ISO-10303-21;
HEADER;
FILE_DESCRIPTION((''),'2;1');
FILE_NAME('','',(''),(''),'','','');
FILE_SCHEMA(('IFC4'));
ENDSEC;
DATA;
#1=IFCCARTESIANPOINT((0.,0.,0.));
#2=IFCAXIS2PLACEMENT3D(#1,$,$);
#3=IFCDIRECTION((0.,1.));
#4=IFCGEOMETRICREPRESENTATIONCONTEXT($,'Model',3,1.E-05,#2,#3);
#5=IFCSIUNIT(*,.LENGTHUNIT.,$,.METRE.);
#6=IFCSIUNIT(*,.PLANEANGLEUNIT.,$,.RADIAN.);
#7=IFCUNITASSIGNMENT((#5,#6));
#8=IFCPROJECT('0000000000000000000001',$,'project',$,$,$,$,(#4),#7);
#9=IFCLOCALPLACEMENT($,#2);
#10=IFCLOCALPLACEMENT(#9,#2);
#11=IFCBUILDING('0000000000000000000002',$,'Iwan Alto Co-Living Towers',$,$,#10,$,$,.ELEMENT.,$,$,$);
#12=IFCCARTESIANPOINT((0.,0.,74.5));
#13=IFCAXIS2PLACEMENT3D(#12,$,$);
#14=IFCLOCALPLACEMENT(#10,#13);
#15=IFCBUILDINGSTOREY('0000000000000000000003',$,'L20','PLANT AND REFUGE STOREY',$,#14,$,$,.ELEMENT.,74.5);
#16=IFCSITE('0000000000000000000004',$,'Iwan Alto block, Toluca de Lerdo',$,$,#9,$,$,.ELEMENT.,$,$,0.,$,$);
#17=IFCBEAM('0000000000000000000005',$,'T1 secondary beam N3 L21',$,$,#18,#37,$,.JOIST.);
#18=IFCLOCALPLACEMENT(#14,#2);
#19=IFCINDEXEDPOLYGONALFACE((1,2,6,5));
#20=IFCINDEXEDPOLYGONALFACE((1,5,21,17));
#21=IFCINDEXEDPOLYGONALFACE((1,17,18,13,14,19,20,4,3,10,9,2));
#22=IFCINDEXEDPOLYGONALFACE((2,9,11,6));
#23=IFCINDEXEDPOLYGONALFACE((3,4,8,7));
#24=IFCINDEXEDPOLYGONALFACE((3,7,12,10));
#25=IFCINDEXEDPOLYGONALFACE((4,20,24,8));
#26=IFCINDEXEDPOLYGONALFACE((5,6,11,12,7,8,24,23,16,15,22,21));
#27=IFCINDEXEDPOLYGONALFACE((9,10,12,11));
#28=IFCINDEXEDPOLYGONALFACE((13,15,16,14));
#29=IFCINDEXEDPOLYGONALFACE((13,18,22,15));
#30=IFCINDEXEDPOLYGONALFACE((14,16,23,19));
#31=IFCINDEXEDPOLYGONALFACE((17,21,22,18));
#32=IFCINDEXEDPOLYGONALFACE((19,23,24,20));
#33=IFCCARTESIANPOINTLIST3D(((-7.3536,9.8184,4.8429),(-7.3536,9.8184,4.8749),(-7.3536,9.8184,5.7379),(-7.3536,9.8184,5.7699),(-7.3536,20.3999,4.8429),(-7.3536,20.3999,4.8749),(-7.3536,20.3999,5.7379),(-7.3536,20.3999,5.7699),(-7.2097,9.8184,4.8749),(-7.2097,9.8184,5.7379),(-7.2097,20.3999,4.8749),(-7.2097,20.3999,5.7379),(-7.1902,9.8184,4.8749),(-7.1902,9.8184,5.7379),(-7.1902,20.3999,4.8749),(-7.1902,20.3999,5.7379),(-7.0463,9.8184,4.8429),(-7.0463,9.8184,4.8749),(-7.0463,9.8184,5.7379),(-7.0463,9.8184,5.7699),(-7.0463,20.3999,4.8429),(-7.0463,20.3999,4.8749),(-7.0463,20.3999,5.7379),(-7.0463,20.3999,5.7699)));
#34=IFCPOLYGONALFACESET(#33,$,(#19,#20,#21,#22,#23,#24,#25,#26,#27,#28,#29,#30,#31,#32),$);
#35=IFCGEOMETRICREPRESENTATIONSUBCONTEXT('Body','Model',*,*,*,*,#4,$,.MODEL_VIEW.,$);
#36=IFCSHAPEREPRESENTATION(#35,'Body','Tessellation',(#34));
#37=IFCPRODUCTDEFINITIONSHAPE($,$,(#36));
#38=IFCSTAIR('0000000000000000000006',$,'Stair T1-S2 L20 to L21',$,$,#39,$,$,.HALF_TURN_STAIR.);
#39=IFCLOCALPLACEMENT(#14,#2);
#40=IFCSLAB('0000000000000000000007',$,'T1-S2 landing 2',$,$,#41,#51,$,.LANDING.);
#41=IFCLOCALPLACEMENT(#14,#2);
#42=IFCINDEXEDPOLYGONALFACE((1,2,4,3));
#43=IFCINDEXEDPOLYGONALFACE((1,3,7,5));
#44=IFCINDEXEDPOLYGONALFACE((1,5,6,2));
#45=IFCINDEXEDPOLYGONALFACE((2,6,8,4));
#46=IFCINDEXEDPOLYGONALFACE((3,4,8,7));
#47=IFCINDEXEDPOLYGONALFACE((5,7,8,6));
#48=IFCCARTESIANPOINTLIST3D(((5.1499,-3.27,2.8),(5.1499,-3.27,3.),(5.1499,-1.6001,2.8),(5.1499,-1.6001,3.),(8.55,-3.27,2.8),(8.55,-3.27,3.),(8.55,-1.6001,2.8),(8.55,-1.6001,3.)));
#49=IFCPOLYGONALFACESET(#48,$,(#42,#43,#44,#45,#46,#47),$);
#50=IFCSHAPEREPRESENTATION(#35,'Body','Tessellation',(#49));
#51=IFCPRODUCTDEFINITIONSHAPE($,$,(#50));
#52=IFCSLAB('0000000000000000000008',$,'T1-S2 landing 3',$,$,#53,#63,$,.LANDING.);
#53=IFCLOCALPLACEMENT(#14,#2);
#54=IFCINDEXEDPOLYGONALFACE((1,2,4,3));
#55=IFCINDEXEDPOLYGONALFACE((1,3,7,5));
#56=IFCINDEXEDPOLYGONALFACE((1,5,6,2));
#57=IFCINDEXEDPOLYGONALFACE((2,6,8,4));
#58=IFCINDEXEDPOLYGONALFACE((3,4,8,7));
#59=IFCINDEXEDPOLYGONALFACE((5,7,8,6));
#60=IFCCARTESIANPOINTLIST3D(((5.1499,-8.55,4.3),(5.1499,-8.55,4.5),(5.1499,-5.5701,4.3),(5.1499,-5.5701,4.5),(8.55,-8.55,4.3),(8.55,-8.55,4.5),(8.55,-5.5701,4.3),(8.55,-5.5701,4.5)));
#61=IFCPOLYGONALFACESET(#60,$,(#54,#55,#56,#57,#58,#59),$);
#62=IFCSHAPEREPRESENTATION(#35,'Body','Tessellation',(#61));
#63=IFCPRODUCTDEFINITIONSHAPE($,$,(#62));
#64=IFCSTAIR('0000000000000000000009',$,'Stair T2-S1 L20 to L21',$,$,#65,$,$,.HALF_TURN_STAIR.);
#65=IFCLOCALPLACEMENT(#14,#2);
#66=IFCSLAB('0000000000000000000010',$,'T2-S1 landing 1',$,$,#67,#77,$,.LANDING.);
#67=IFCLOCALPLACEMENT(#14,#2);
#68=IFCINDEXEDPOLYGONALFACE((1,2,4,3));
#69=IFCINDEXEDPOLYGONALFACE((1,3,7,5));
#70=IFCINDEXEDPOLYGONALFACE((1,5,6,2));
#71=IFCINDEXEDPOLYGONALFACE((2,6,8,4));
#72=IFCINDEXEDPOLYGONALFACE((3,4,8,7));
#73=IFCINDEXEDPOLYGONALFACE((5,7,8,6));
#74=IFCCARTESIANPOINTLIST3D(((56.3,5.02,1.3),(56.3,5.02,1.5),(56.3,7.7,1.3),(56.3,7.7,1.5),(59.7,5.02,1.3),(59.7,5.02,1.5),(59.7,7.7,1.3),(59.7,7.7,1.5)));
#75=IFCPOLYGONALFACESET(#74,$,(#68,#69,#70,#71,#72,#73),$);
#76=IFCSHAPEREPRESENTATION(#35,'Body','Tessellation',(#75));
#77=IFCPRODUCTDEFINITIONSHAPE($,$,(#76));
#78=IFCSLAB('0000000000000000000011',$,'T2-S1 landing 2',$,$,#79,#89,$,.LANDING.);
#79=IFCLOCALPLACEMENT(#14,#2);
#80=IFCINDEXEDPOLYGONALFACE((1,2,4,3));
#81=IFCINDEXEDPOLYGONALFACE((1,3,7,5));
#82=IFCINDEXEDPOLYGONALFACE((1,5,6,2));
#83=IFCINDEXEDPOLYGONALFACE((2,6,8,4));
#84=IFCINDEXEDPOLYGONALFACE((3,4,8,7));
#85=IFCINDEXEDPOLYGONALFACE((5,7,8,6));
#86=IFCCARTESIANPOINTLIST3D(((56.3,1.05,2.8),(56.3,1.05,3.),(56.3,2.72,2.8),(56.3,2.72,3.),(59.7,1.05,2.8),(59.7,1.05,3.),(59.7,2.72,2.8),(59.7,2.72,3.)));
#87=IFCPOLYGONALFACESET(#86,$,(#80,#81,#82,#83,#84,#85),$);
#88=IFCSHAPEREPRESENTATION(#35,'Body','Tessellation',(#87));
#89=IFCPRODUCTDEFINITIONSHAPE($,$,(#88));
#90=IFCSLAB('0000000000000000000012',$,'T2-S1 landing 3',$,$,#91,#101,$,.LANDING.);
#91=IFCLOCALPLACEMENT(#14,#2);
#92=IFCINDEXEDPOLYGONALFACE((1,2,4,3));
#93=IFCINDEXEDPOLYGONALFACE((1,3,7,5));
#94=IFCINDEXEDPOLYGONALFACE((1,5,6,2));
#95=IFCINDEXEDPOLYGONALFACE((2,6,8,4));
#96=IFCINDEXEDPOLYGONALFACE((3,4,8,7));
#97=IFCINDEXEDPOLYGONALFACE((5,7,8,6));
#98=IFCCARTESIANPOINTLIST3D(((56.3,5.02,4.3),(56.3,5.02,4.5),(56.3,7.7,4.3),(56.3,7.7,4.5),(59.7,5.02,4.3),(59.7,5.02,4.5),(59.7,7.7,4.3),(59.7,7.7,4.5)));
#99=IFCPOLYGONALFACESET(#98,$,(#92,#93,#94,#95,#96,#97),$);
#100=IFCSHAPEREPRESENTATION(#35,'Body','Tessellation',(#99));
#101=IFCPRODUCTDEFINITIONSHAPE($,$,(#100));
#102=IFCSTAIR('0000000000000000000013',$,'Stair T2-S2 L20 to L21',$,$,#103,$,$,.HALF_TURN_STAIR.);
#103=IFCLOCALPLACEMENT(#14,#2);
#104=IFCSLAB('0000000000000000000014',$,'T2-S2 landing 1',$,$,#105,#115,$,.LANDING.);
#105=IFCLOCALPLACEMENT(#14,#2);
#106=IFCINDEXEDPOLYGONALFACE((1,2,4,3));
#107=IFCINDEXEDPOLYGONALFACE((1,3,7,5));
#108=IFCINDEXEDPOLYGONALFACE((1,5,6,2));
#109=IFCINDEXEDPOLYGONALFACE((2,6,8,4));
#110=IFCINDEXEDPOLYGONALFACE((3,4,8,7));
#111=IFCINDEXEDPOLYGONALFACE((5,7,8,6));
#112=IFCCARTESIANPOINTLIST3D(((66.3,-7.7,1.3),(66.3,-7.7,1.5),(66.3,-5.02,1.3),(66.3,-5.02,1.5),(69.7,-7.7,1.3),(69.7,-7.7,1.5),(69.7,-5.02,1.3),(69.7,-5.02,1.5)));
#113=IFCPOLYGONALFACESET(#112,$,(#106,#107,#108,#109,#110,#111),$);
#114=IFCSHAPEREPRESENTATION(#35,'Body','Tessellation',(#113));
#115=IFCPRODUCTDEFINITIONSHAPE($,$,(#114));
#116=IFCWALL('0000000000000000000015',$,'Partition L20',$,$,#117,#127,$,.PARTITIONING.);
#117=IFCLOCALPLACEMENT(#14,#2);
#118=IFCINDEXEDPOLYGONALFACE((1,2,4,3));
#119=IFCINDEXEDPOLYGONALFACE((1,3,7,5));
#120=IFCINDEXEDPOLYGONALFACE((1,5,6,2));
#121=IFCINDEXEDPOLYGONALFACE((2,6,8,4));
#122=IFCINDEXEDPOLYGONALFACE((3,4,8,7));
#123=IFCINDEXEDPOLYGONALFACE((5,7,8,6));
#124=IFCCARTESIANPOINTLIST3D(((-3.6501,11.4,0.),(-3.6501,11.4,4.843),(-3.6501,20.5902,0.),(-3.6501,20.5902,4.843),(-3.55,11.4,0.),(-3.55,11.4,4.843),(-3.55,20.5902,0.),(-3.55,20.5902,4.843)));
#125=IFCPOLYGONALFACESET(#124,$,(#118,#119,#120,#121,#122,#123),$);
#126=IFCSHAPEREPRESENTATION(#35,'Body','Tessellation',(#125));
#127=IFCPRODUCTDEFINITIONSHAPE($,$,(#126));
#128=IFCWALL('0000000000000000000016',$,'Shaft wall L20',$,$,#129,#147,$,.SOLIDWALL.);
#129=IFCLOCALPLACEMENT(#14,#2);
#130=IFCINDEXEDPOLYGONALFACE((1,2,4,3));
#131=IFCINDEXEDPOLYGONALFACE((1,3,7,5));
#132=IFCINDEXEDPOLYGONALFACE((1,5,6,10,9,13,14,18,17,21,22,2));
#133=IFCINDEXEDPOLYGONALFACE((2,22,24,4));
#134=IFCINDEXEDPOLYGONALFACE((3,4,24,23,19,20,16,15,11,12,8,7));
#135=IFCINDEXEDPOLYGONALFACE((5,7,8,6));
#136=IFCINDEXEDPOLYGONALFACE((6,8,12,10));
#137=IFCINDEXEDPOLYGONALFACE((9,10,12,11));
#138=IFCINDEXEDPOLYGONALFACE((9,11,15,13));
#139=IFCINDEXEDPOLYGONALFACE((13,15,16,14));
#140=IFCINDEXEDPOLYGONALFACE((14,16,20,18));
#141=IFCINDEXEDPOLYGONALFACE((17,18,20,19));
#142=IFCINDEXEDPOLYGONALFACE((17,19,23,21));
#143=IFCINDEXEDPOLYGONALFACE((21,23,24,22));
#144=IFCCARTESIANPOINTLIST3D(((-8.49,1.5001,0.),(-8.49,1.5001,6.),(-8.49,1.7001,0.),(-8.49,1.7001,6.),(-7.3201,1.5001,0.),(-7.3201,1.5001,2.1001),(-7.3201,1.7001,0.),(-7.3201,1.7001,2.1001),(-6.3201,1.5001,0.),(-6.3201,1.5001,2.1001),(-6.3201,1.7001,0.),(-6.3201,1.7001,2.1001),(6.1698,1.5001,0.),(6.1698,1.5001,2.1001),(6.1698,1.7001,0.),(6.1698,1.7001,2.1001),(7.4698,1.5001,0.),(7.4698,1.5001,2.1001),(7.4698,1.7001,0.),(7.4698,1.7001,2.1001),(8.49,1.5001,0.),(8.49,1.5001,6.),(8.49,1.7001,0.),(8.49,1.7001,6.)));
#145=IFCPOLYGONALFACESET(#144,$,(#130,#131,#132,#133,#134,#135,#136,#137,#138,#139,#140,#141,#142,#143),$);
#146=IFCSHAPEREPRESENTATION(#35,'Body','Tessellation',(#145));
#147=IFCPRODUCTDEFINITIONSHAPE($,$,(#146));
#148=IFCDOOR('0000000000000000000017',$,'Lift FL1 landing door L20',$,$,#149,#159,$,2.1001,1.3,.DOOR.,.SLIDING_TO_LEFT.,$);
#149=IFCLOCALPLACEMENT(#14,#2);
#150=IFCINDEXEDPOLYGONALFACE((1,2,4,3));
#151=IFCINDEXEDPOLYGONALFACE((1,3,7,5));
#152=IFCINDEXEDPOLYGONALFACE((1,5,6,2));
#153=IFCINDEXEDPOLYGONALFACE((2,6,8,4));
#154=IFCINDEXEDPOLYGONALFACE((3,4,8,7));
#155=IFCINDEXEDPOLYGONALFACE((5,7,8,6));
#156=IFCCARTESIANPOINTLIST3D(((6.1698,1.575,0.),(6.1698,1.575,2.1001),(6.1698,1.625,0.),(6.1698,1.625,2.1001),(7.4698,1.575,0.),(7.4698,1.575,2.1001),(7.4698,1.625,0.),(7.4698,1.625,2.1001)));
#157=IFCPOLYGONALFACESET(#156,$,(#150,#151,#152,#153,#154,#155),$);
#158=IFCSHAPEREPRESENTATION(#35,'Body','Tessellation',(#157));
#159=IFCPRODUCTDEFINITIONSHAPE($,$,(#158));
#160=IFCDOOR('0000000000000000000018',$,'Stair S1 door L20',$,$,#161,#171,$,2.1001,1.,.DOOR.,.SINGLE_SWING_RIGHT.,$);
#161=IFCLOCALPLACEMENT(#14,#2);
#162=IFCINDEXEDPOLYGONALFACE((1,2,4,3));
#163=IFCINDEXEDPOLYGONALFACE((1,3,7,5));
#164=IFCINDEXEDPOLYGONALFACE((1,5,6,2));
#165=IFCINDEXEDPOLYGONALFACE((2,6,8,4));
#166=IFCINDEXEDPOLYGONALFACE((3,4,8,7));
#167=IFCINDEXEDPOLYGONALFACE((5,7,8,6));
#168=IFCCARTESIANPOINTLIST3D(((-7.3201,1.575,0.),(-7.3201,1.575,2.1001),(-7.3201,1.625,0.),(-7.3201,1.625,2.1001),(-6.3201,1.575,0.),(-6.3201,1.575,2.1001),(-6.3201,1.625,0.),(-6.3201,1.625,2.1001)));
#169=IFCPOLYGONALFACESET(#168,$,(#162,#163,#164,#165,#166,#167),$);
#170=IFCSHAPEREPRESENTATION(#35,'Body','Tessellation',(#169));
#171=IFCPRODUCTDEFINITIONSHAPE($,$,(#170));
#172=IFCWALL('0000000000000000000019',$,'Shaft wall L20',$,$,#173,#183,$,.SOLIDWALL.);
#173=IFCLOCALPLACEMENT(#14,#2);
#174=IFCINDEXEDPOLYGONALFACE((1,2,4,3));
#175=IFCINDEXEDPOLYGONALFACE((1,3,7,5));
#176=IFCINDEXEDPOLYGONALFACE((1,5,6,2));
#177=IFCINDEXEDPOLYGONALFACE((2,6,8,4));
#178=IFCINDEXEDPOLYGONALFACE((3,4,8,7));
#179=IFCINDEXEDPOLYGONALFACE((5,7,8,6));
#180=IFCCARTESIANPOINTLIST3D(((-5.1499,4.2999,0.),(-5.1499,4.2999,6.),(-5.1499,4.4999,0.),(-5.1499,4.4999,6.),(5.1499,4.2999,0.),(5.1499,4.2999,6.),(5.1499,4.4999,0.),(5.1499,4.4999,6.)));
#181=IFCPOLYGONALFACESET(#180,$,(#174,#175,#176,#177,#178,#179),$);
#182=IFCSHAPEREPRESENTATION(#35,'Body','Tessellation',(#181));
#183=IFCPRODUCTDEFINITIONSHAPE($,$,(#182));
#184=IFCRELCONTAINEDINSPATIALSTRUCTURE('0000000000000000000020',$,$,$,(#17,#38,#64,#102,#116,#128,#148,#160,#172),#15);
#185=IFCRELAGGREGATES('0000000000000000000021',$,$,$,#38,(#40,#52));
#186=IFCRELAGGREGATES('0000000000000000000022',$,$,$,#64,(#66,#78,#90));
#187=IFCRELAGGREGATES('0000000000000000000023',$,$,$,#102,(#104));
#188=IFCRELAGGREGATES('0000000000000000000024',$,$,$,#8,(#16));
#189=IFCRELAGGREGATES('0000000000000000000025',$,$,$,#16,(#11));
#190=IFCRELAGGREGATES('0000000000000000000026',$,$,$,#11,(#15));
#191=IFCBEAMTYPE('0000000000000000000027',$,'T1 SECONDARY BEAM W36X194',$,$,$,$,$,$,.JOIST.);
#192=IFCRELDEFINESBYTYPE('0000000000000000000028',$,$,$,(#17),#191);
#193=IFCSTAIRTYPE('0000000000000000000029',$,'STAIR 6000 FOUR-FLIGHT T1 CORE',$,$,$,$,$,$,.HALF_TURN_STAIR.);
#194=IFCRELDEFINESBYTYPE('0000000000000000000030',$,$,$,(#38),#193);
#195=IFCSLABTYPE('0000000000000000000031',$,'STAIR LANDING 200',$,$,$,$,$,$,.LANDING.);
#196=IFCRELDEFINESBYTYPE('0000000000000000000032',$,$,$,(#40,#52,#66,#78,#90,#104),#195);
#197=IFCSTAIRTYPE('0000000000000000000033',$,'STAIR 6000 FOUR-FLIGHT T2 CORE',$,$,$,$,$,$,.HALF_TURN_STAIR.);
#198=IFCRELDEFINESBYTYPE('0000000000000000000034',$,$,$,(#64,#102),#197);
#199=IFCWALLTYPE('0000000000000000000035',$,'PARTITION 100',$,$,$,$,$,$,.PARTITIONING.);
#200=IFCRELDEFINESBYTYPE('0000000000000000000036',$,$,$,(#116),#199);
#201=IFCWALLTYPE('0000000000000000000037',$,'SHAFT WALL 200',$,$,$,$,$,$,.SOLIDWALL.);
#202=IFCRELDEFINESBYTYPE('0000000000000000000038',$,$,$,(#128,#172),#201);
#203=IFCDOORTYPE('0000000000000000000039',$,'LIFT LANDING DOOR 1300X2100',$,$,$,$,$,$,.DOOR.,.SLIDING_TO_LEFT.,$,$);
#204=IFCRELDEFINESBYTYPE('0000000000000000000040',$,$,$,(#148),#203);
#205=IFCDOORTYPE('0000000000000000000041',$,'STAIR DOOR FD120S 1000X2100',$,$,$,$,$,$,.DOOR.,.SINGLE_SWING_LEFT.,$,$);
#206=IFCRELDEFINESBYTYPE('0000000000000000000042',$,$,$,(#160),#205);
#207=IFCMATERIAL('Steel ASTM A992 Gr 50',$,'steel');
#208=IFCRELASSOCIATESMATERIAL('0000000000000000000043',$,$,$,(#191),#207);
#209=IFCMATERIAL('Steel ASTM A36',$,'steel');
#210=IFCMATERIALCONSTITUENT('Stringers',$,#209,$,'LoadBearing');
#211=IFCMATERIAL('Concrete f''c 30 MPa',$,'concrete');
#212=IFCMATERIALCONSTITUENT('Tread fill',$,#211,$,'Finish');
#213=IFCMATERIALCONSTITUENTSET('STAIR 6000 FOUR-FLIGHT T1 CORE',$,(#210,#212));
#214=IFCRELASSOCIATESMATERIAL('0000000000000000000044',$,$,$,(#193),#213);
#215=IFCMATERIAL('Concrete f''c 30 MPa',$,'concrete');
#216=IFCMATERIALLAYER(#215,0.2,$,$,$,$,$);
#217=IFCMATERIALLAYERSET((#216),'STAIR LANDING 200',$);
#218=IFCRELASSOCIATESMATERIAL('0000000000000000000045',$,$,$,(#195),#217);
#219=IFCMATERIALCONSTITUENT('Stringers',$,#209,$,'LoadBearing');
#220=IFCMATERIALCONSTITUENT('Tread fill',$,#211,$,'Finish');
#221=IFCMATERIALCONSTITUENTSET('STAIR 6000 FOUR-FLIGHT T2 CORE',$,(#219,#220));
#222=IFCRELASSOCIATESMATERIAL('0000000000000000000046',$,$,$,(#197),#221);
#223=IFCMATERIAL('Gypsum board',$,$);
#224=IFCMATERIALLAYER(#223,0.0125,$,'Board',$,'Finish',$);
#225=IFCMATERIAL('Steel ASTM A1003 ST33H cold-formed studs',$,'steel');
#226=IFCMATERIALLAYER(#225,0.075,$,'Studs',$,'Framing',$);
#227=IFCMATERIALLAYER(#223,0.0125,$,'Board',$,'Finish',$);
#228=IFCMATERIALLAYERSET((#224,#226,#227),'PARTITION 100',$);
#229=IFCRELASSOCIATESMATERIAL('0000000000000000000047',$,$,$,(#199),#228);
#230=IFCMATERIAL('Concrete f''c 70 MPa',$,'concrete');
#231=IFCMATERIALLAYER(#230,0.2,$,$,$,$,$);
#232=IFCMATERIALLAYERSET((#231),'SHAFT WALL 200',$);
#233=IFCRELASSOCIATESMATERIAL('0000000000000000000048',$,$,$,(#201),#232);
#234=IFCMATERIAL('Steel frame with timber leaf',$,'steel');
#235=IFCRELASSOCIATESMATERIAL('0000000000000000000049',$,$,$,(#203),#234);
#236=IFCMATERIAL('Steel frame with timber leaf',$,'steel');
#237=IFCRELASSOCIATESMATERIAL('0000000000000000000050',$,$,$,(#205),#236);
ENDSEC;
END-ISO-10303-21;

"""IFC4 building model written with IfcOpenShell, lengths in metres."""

from ifc_helpers import new_model, si_unit, direction, frame, frame_2d, origin, origin_2d, place, context, subcontext, project, spatial, polyline, rectangle, i_section, outline, extrude, material, layer, layer_set, constituent, constituent_set, material_profile, profile_set, type_object, element, fill, aggregate, save


model = new_model("IFC4")

# Units and contexts
model_context = context("Model", 3, precision=1e-05, world=origin(), true_north=direction((0.0, 1.0)))
body_context = subcontext(model_context, "Body", "Model", "MODEL_VIEW")
ifc_project = project(units=[si_unit("LENGTHUNIT", "METRE"), si_unit("PLANEANGLEUNIT", "RADIAN")], contexts=[model_context])

# Site, building, storey
site_placement = place(None, origin())
site = spatial("IfcSite", under=ifc_project, at=site_placement, Name="Iwan Alto block, Toluca de Lerdo", CompositionType="ELEMENT", RefElevation=0.0)
building_placement = place(site_placement, origin())
building = spatial("IfcBuilding", under=site, at=building_placement, Name="Iwan Alto Co-Living Towers", CompositionType="ELEMENT")
storey_placement = place(building_placement, frame((0.0, 0.0, 74.5)))
storey = spatial("IfcBuildingStorey", under=building, at=storey_placement, Name="L20", Description="PLANT AND REFUGE STOREY", CompositionType="ELEMENT", Elevation=74.5)

# Beam
ifc_material_1 = material(Name="Steel ASTM A992 Gr 50", Category="steel")
ifc_material_profile_1 = material_profile(ifc_material_1, i_section(OverallWidth=0.3074, OverallDepth=0.927, WebThickness=0.0195, FlangeThickness=0.032, at=origin_2d()), Name="W36X194")
ifc_profile_set_1 = profile_set([ifc_material_profile_1], Name="Steel ASTM A992 Gr 50")
beam_type_1 = type_object("IfcBeamType", Name="T1 SECONDARY BEAM W36X194", PredefinedType="JOIST", material=ifc_profile_set_1)
for number, where, z_axis, x_axis, name in (
    (1, (-7.2, 20.3999, 5.3064), (0.0, -1.0, 0.0), (1.0, 0.0, 0.0), "T1 secondary beam N3 L21"),
):
    element("IfcBeam", number, at=place(storey_placement, frame(where, z_axis=z_axis, x_axis=x_axis)), inside=storey, type_object=beam_type_1, Name=name, PredefinedType="JOIST", context=body_context, shape_type="SweptSolid", body=[
        extrude(i_section(OverallWidth=0.3074, OverallDepth=0.927, WebThickness=0.0195, FlangeThickness=0.032, at=origin_2d()), origin(), (0.0, 0.0, 1.0), 10.5815),
    ])

# Stairs, slabs
ifc_material_2 = material(Name="Steel ASTM A36", Category="steel")
ifc_constituent_1 = constituent(ifc_material_2, Name="Stringers", Category="LoadBearing")
ifc_material_3 = material(Name="Concrete f'c 30 MPa", Category="concrete")
ifc_constituent_2 = constituent(ifc_material_3, Name="Tread fill", Category="Finish")
ifc_constituent_set_1 = constituent_set(constituents=[ifc_constituent_1, ifc_constituent_2], Name="STAIR 6000 FOUR-FLIGHT T1 CORE")
stair_type_1 = type_object("IfcStairType", Name="STAIR 6000 FOUR-FLIGHT T1 CORE", PredefinedType="HALF_TURN_STAIR", material=ifc_constituent_set_1)
stair_1_placement = place(storey_placement, origin())
stair_1 = element("IfcStair", 2, at=stair_1_placement, inside=storey, type_object=stair_type_1, Name="Stair T1-S2 L20 to L21", PredefinedType="HALF_TURN_STAIR")
ifc_material_4 = material(Name="Concrete f'c 30 MPa", Category="concrete")
ifc_layer_1 = layer(ifc_material_4, 0.2)
ifc_layer_set_1 = layer_set([ifc_layer_1], Name="STAIR LANDING 200")
slab_type = type_object("IfcSlabType", Name="STAIR LANDING 200", PredefinedType="LANDING", material=ifc_layer_set_1)
slab_1_placement = place(storey_placement, frame((0.0, 0.0, 2.8)))
slab_1 = element("IfcSlab", 3, at=slab_1_placement, type_object=slab_type, Name="T1-S2 landing 2", PredefinedType="LANDING", context=body_context, shape_type="SweptSolid", body=[
    extrude(outline(polyline([(5.1499, -1.6001), (5.1499, -3.27), (8.55, -3.27), (8.55, -1.6001), (5.1499, -1.6001)])), origin(), (0.0, 0.0, 1.0), 0.2),
])
slab_2_placement = place(storey_placement, frame((0.0, 0.0, 4.3)))
slab_2 = element("IfcSlab", 4, at=slab_2_placement, type_object=slab_type, Name="T1-S2 landing 3", PredefinedType="LANDING", context=body_context, shape_type="SweptSolid", body=[
    extrude(outline(polyline([(5.1499, -5.5701), (5.1499, -8.55), (8.55, -8.55), (8.55, -5.5701), (5.1499, -5.5701)])), origin(), (0.0, 0.0, 1.0), 0.2),
])
aggregate(stair_1, [slab_1, slab_2])
ifc_constituent_3 = constituent(ifc_material_2, Name="Stringers", Category="LoadBearing")
ifc_constituent_4 = constituent(ifc_material_3, Name="Tread fill", Category="Finish")
ifc_constituent_set_2 = constituent_set(constituents=[ifc_constituent_3, ifc_constituent_4], Name="STAIR 6000 FOUR-FLIGHT T2 CORE")
stair_type_2 = type_object("IfcStairType", Name="STAIR 6000 FOUR-FLIGHT T2 CORE", PredefinedType="HALF_TURN_STAIR", material=ifc_constituent_set_2)
stair_2_placement = place(storey_placement, origin())
stair_2 = element("IfcStair", 5, at=stair_2_placement, inside=storey, type_object=stair_type_2, Name="Stair T2-S1 L20 to L21", PredefinedType="HALF_TURN_STAIR")
slab_3_placement = place(storey_placement, frame((0.0, 0.0, 1.3)))
slab_3 = element("IfcSlab", 6, at=slab_3_placement, type_object=slab_type, Name="T2-S1 landing 1", PredefinedType="LANDING", context=body_context, shape_type="SweptSolid", body=[
    extrude(outline(polyline([(56.3, 5.02), (56.3, 7.7), (59.7, 7.7), (59.7, 5.02), (56.3, 5.02)])), origin(), (0.0, 0.0, 1.0), 0.2),
])
slab_4_placement = place(storey_placement, frame((0.0, 0.0, 2.8)))
slab_4 = element("IfcSlab", 7, at=slab_4_placement, type_object=slab_type, Name="T2-S1 landing 2", PredefinedType="LANDING", context=body_context, shape_type="SweptSolid", body=[
    extrude(outline(polyline([(56.3, 1.05), (56.3, 2.72), (59.7, 2.72), (59.7, 1.05), (56.3, 1.05)])), origin(), (0.0, 0.0, 1.0), 0.2),
])
slab_5_placement = place(storey_placement, frame((0.0, 0.0, 4.3)))
slab_5 = element("IfcSlab", 8, at=slab_5_placement, type_object=slab_type, Name="T2-S1 landing 3", PredefinedType="LANDING", context=body_context, shape_type="SweptSolid", body=[
    extrude(outline(polyline([(56.3, 5.02), (56.3, 7.7), (59.7, 7.7), (59.7, 5.02), (56.3, 5.02)])), origin(), (0.0, 0.0, 1.0), 0.2),
])
aggregate(stair_2, [slab_3, slab_4, slab_5])

# Stair, slab
stair_3_placement = place(storey_placement, origin())
stair_3 = element("IfcStair", 9, at=stair_3_placement, inside=storey, type_object=stair_type_2, Name="Stair T2-S2 L20 to L21", PredefinedType="HALF_TURN_STAIR")
slab_6_placement = place(storey_placement, frame((0.0, 0.0, 1.3)))
slab_6 = element("IfcSlab", 10, at=slab_6_placement, type_object=slab_type, Name="T2-S2 landing 1", PredefinedType="LANDING", context=body_context, shape_type="SweptSolid", body=[
    extrude(outline(polyline([(66.3, -5.02), (66.3, -7.7), (69.7, -7.7), (69.7, -5.02), (66.3, -5.02)])), origin(), (0.0, 0.0, 1.0), 0.2),
])
aggregate(stair_3, [slab_6])

# Wall
ifc_material_5 = material(Name="Gypsum board")
ifc_layer_2 = layer(ifc_material_5, 0.0125, Name="Board", Category="Finish")
ifc_material_6 = material(Name="Steel ASTM A1003 ST33H cold-formed studs", Category="steel")
ifc_layer_3 = layer(ifc_material_6, 0.075, Name="Studs", Category="Framing")
ifc_layer_4 = layer(ifc_material_5, 0.0125, Name="Board", Category="Finish")
ifc_layer_set_2 = layer_set([ifc_layer_2, ifc_layer_3, ifc_layer_4], Name="PARTITION 100")
wall_type_1 = type_object("IfcWallType", Name="PARTITION 100", PredefinedType="PARTITIONING", material=ifc_layer_set_2)
wall_1_placement = place(storey_placement, frame((-3.6001, 11.3999, 0.0), z_axis=(0.0, 0.0, 1.0), x_axis=(0.0, 1.0, 0.0)))
element("IfcWall", 11, at=wall_1_placement, inside=storey, type_object=wall_type_1, Name="Partition L20", PredefinedType="PARTITIONING", context=body_context, shape_type="SweptSolid", body=[
    extrude(rectangle(XDim=9.1902, YDim=0.1001, at=frame_2d((4.5952, 0.0))), origin(), (0.0, 0.0, 1.0), 4.843),
])

# Wall, openings, doors
ifc_material_7 = material(Name="Concrete f'c 70 MPa", Category="concrete")
ifc_layer_5 = layer(ifc_material_7, 0.2)
ifc_layer_set_3 = layer_set([ifc_layer_5], Name="SHAFT WALL 200")
wall_type_2 = type_object("IfcWallType", Name="SHAFT WALL 200", PredefinedType="SOLIDWALL", material=ifc_layer_set_3)
wall_2_placement = place(storey_placement, frame((-8.49, 1.6001, 0.0), z_axis=(0.0, 0.0, 1.0), x_axis=(1.0, 0.0, 0.0)))
wall_2 = element("IfcWall", 12, at=wall_2_placement, inside=storey, type_object=wall_type_2, Name="Shaft wall L20", PredefinedType="SOLIDWALL", context=body_context, shape_type="SweptSolid", body=[
    extrude(rectangle(XDim=16.98, YDim=0.2, at=frame_2d((8.49, 0.0))), origin(), (0.0, 0.0, 1.0), 6.0),
])
opening_1_placement = place(wall_2_placement, frame((1.1699, 0.0, 0.0)))
opening_1 = element("IfcOpeningElement", 13, at=opening_1_placement, cuts=wall_2, PredefinedType="OPENING", context=body_context, shape_type="SweptSolid", body=[
    extrude(rectangle(XDim=1.0, YDim=2.1001, at=frame_2d((0.5, 1.05))), frame((0.0, 0.1099, 0.0), z_axis=(0.0, -1.0, 0.0), x_axis=(1.0, 0.0, 0.0)), (0.0, 0.0, 1.0), 0.22),
])
opening_2_placement = place(wall_2_placement, frame((14.6599, 0.0, 0.0)))
opening_2 = element("IfcOpeningElement", 14, at=opening_2_placement, cuts=wall_2, PredefinedType="OPENING", context=body_context, shape_type="SweptSolid", body=[
    extrude(rectangle(XDim=1.3, YDim=2.1001, at=frame_2d((0.6499, 1.05))), frame((0.0, 0.1099, 0.0), z_axis=(0.0, -1.0, 0.0), x_axis=(1.0, 0.0, 0.0)), (0.0, 0.0, 1.0), 0.22),
])
ifc_material_8 = material(Name="Steel frame with timber leaf", Category="steel")
door_type_1 = type_object("IfcDoorType", Name="LIFT LANDING DOOR 1300X2100", OperationType="SLIDING_TO_LEFT", PredefinedType="DOOR", material=ifc_material_8)
door_1_placement = place(opening_2_placement, origin())
door_1 = element("IfcDoor", 15, at=door_1_placement, inside=storey, type_object=door_type_1, Name="Lift FL1 landing door L20", OperationType="SLIDING_TO_LEFT", OverallHeight=2.1001, OverallWidth=1.3, PredefinedType="DOOR", context=body_context, shape_type="SweptSolid", body=[
    extrude(rectangle(XDim=1.3, YDim=2.1001, at=frame_2d((0.6499, 1.05))), frame((0.0, 0.0249, 0.0), z_axis=(0.0, -1.0, 0.0), x_axis=(1.0, 0.0, 0.0)), (0.0, 0.0, 1.0), 0.05),
])
fill(opening_2, door_1)
ifc_material_9 = material(Name="Steel frame with timber leaf", Category="steel")
door_type_2 = type_object("IfcDoorType", Name="STAIR DOOR FD120S 1000X2100", OperationType="SINGLE_SWING_LEFT", PredefinedType="DOOR", material=ifc_material_9)
door_2_placement = place(opening_1_placement, origin())
door_2 = element("IfcDoor", 16, at=door_2_placement, inside=storey, type_object=door_type_2, Name="Stair S1 door L20", OperationType="SINGLE_SWING_RIGHT", OverallHeight=2.1001, OverallWidth=1.0, PredefinedType="DOOR", context=body_context, shape_type="SweptSolid", body=[
    extrude(rectangle(XDim=1.0, YDim=2.1001, at=frame_2d((0.5, 1.05))), frame((0.0, 0.0249, 0.0), z_axis=(0.0, -1.0, 0.0), x_axis=(1.0, 0.0, 0.0)), (0.0, 0.0, 1.0), 0.05),
])
fill(opening_1, door_2)

# Wall
wall_3_placement = place(storey_placement, frame((-5.1499, 4.3999, 0.0), z_axis=(0.0, 0.0, 1.0), x_axis=(1.0, 0.0, 0.0)))
element("IfcWall", 17, at=wall_3_placement, inside=storey, type_object=wall_type_2, Name="Shaft wall L20", PredefinedType="SOLIDWALL", context=body_context, shape_type="SweptSolid", body=[
    extrude(rectangle(XDim=10.2998, YDim=0.2, at=frame_2d((5.1499, 0.0))), origin(), (0.0, 0.0, 1.0), 6.0),
])

save(model, "model.ifc")
